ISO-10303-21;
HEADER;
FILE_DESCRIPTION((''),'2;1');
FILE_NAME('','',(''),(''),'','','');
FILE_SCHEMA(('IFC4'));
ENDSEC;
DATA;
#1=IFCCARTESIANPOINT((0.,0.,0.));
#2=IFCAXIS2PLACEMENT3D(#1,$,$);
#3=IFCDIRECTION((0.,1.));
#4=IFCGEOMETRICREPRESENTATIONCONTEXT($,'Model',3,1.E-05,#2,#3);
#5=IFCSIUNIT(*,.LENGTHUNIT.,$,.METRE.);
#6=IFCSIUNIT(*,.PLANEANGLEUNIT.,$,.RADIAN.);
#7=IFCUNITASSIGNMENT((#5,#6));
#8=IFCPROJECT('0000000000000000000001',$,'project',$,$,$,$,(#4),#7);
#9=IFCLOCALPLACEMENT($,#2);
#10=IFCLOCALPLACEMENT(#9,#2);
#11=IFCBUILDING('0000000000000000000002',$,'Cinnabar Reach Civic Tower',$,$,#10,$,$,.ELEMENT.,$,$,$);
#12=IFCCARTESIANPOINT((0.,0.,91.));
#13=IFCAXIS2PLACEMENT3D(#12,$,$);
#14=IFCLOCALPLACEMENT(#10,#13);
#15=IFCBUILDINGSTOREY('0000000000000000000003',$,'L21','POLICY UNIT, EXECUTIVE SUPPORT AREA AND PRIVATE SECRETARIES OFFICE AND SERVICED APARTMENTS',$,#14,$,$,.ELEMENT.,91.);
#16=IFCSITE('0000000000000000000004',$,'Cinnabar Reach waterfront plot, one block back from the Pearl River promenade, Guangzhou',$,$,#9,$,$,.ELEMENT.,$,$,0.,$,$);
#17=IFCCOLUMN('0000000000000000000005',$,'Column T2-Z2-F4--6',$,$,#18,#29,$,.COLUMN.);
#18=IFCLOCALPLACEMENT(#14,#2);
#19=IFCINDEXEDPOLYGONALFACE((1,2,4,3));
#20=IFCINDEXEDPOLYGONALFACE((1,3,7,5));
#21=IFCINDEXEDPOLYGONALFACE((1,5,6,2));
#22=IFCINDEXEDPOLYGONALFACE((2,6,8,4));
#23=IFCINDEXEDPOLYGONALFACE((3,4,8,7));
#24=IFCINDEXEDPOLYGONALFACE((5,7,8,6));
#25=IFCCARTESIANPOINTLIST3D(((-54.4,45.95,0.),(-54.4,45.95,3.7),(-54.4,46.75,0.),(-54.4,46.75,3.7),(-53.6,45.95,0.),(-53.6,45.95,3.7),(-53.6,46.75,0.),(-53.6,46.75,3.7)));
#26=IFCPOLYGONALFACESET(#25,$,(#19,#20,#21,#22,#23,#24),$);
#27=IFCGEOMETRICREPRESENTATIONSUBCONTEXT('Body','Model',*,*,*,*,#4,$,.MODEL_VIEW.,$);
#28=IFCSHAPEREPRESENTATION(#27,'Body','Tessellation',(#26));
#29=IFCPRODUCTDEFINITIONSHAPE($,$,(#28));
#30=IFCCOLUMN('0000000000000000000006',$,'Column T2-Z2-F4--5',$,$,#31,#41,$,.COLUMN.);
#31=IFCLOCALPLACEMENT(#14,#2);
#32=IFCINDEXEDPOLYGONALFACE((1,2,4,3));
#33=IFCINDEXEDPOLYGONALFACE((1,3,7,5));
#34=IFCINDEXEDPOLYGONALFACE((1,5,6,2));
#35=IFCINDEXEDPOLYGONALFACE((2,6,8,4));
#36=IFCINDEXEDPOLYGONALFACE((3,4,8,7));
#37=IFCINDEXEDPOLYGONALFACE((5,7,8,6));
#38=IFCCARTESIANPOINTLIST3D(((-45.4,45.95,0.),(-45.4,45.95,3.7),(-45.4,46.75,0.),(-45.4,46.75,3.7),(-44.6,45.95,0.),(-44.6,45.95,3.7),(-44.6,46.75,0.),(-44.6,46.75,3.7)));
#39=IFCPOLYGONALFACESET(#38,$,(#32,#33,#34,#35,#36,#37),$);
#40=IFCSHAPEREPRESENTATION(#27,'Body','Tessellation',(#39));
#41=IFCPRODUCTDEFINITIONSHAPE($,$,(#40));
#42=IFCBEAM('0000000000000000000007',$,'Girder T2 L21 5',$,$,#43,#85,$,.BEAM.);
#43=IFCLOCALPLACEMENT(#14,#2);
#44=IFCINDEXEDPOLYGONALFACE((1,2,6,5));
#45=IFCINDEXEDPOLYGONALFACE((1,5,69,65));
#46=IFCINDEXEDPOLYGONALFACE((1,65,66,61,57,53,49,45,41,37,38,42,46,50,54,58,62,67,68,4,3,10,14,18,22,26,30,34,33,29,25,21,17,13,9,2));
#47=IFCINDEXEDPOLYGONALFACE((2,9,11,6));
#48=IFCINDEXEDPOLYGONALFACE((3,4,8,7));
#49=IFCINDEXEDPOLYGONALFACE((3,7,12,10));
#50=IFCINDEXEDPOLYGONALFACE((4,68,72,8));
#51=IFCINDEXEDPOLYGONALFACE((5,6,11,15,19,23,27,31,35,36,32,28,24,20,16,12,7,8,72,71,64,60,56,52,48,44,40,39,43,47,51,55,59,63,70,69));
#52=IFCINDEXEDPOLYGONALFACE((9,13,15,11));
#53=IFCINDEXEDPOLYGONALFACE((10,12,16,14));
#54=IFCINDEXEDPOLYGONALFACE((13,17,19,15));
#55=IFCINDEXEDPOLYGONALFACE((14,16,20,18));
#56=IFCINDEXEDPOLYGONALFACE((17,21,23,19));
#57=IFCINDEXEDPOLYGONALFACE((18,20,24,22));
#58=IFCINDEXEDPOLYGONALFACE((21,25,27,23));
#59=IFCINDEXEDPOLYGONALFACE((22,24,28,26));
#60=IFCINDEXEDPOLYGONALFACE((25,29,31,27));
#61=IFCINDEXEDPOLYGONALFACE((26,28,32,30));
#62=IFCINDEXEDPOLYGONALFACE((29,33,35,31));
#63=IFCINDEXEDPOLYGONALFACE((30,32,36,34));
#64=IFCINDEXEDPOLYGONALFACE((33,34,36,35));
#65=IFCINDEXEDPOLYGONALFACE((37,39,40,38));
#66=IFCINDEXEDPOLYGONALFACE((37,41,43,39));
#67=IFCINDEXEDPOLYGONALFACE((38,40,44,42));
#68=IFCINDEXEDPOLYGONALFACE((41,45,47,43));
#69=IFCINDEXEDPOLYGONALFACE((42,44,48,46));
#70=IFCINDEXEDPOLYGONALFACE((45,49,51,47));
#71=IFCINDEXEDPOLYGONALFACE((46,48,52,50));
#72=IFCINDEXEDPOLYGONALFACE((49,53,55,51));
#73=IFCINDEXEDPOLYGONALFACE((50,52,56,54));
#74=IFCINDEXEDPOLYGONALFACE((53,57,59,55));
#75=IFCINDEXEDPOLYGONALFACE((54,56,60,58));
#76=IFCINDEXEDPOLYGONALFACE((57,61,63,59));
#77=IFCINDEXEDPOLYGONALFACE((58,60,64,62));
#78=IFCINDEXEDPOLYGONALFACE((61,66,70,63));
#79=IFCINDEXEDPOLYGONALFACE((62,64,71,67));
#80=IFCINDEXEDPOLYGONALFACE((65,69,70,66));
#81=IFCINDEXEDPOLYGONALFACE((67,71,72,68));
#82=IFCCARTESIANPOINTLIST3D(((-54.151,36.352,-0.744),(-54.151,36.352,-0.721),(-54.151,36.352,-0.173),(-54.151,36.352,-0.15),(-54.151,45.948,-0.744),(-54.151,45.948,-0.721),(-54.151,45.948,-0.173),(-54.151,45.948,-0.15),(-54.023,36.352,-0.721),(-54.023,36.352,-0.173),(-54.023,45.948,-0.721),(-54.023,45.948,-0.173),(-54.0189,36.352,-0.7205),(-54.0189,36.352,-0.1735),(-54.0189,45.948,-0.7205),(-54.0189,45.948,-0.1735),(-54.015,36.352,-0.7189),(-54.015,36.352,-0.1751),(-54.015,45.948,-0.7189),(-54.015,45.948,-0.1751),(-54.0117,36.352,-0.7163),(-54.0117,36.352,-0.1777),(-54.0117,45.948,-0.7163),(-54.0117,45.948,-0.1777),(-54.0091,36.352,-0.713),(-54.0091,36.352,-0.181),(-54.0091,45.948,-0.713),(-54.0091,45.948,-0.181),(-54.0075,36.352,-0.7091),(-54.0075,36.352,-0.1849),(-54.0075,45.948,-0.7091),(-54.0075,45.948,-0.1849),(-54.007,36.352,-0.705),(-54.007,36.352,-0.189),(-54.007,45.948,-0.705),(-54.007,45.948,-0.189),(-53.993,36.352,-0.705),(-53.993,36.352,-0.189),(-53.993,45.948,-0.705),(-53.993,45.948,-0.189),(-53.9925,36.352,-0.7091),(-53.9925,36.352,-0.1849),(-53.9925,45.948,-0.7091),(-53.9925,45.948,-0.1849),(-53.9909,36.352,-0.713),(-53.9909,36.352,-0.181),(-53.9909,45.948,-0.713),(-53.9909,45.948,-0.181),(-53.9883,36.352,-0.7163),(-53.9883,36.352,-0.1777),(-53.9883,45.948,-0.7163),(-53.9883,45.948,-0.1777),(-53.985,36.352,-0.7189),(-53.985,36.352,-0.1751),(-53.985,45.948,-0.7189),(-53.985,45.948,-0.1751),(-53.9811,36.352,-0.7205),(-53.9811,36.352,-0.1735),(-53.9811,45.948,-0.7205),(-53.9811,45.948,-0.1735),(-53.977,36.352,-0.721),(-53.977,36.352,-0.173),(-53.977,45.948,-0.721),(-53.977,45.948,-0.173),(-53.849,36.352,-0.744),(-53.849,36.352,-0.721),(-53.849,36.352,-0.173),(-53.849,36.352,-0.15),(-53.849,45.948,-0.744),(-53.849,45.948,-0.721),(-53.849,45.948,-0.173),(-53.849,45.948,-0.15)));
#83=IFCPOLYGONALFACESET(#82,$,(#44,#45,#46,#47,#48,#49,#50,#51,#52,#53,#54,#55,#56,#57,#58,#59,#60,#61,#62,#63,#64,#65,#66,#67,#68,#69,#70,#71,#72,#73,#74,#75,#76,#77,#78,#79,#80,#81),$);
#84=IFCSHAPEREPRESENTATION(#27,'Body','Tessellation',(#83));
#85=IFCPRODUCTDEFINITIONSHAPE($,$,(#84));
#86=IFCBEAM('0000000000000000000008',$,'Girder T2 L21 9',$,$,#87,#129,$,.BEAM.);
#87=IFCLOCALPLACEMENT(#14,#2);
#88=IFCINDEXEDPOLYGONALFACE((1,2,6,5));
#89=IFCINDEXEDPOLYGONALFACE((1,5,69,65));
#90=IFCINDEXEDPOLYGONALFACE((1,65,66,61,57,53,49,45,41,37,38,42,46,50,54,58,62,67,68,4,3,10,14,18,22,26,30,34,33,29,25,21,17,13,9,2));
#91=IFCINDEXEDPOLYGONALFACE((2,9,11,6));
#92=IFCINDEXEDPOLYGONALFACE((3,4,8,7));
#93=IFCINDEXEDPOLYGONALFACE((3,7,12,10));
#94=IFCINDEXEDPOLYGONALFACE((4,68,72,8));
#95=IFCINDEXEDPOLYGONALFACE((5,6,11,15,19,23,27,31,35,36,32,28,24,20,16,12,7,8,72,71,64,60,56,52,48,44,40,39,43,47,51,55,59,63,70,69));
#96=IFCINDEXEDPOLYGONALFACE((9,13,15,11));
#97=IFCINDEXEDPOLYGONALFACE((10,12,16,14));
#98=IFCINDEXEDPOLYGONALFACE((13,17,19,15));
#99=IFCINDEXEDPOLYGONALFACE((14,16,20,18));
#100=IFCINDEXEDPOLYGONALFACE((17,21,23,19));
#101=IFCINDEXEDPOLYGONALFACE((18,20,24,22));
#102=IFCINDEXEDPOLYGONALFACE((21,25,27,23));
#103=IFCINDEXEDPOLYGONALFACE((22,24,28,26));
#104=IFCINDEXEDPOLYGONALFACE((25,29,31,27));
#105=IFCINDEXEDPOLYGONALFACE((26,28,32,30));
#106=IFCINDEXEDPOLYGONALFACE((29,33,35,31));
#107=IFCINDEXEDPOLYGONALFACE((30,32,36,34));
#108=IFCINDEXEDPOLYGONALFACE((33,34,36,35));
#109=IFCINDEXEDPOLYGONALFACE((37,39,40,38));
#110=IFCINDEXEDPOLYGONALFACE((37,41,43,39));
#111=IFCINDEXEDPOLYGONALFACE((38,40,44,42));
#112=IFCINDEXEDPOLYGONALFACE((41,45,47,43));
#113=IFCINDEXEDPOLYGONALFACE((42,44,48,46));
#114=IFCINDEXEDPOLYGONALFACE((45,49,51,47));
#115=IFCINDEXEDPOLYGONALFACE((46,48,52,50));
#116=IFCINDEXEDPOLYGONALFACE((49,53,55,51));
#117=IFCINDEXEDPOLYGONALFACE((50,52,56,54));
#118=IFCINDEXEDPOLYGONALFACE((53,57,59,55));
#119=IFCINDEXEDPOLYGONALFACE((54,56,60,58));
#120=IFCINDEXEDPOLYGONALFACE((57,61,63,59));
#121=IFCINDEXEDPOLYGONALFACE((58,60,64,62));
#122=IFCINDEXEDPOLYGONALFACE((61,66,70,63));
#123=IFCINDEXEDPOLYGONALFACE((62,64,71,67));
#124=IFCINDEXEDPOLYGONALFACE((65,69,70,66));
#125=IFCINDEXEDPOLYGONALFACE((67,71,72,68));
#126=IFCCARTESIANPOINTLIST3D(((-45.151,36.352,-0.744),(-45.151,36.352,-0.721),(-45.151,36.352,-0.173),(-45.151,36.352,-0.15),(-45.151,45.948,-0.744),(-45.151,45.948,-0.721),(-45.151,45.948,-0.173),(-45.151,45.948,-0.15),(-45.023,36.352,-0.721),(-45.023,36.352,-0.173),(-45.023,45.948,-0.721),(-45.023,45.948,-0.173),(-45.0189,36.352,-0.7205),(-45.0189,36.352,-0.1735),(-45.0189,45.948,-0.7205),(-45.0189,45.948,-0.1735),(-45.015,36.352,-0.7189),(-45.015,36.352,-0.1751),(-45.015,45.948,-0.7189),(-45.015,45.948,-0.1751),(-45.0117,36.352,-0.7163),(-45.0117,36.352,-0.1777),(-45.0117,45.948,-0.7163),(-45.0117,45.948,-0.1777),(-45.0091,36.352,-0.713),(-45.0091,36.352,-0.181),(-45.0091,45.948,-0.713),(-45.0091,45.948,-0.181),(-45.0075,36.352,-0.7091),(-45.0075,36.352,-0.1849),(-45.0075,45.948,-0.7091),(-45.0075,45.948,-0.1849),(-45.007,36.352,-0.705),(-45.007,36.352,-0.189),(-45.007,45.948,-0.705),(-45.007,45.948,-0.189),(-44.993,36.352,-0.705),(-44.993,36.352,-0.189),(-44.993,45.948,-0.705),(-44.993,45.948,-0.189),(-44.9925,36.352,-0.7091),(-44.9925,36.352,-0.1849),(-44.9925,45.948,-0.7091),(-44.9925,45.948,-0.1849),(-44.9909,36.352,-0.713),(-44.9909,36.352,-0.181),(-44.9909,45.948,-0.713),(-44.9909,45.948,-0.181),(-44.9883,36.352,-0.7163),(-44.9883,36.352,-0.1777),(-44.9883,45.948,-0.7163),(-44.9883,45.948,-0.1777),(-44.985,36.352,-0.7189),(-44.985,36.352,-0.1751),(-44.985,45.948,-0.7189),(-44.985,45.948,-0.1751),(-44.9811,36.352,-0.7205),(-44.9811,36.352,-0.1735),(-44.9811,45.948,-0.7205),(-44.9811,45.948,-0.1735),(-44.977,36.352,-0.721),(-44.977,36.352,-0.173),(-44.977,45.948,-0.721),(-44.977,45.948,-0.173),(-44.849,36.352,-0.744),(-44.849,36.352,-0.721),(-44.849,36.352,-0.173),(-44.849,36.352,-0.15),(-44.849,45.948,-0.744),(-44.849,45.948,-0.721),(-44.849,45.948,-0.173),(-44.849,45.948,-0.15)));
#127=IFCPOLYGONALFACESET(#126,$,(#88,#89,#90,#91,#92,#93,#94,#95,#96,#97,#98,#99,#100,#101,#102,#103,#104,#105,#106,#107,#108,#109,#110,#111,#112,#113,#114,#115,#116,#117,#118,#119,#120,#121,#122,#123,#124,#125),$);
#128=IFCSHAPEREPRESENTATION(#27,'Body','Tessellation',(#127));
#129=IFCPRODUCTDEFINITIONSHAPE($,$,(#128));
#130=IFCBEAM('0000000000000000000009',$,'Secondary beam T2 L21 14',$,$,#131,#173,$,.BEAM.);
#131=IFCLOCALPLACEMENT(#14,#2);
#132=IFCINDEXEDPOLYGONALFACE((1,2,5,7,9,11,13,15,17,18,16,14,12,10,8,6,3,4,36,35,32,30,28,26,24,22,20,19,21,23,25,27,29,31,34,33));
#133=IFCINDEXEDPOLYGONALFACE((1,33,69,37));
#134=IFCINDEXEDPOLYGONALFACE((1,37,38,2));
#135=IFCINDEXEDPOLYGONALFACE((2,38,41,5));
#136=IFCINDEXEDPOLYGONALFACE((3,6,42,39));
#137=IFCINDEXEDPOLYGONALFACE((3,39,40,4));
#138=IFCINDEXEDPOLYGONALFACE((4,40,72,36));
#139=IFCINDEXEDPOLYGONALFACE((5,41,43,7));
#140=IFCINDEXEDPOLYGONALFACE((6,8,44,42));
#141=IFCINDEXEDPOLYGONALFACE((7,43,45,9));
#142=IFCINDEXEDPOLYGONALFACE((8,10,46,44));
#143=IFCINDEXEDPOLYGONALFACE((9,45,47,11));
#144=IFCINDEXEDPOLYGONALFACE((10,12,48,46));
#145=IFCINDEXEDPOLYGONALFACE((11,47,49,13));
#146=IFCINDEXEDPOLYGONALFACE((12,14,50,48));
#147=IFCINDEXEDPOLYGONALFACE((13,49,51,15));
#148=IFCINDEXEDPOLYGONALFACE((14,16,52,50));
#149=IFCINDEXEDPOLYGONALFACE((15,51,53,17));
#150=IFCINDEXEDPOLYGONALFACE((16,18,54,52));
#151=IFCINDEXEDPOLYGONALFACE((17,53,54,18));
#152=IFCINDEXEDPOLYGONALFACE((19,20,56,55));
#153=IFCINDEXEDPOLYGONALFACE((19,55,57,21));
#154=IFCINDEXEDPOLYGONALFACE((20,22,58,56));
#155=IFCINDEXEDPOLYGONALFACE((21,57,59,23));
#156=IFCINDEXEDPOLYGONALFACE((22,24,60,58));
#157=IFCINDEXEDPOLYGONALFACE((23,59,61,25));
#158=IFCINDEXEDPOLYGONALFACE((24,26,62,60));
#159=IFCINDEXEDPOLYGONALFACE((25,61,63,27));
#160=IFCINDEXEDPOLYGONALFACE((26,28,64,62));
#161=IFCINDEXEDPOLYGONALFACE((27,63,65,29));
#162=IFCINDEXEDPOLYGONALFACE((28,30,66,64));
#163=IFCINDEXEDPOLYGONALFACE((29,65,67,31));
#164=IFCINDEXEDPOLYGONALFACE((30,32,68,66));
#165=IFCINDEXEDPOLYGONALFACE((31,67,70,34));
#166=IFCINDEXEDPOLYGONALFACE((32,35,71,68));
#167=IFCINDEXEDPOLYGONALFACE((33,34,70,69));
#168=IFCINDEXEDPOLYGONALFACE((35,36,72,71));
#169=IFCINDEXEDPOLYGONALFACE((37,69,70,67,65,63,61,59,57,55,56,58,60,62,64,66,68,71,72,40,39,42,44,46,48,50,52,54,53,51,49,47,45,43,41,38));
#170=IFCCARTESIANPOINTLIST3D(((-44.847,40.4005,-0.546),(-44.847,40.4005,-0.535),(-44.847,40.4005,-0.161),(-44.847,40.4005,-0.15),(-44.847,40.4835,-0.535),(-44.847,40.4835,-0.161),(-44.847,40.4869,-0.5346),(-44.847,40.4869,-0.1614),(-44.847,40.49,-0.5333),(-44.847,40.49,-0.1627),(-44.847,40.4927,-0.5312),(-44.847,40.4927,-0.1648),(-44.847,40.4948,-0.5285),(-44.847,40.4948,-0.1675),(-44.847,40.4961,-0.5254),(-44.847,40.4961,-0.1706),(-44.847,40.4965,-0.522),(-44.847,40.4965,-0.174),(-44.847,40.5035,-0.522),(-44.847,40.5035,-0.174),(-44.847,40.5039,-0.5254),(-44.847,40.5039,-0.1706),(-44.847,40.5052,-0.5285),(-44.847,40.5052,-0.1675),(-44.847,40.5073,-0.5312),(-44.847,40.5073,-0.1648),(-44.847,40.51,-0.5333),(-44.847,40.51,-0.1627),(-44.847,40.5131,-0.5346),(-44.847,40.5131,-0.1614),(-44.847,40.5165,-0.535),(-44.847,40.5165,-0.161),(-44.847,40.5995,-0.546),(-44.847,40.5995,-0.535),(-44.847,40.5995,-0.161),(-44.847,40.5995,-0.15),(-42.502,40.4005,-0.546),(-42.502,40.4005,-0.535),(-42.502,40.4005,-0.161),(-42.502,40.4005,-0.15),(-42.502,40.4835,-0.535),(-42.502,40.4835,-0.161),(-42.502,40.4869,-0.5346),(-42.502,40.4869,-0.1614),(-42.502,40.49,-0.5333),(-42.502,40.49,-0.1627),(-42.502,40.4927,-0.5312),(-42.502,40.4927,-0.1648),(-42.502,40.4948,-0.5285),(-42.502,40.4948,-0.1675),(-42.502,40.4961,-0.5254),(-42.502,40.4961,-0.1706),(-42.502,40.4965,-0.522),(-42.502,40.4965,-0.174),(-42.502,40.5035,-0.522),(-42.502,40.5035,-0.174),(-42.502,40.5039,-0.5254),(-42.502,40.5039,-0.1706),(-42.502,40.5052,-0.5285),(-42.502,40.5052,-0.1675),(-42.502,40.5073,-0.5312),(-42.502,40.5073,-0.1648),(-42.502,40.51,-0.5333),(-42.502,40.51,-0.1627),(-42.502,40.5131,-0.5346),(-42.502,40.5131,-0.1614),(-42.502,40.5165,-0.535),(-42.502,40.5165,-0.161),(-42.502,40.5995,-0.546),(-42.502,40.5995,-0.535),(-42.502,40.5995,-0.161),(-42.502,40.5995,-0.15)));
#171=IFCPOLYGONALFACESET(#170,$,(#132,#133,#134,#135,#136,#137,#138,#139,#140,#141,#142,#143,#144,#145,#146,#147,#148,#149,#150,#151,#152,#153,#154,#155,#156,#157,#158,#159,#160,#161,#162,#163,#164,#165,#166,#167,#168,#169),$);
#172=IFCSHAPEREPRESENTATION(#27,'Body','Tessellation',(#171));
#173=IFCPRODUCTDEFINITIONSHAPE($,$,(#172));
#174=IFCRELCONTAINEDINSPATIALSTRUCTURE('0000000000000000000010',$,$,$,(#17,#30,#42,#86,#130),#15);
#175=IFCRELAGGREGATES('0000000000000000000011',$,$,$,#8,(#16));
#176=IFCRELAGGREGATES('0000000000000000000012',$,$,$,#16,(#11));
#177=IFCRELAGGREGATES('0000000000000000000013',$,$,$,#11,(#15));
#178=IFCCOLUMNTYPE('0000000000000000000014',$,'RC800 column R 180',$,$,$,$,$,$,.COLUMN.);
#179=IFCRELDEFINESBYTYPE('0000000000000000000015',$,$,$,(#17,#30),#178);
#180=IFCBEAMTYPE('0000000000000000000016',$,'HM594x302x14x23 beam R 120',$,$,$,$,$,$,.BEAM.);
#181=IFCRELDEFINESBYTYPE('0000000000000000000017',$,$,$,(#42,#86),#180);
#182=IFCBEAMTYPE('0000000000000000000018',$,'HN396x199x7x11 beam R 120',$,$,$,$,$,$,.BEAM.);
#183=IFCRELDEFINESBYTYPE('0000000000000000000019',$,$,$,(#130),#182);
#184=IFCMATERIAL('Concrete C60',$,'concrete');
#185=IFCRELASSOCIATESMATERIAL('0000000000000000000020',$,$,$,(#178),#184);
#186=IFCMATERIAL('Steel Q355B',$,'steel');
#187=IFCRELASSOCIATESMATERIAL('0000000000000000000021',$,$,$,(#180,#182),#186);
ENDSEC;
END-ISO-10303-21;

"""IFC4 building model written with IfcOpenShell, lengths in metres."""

from ifc_helpers import new_model, si_unit, direction, frame, origin, origin_2d, place, context, subcontext, project, spatial, rectangle, i_section, extrude, material, material_profile, profile_set, type_object, element, save


model = new_model("IFC4")

# Units and contexts
model_context = context("Model", 3, precision=1e-05, world=origin(), true_north=direction((0.0, 1.0)))
body_context = subcontext(model_context, "Body", "Model", "MODEL_VIEW")
ifc_project = project(units=[si_unit("LENGTHUNIT", "METRE"), si_unit("PLANEANGLEUNIT", "RADIAN")], contexts=[model_context])

# Site, building, storey
site_placement = place(None, origin())
site = spatial("IfcSite", under=ifc_project, at=site_placement, Name="Cinnabar Reach waterfront plot, one block back from the Pearl River promenade, Guangzhou", CompositionType="ELEMENT", RefElevation=0.0)
building_placement = place(site_placement, origin())
building = spatial("IfcBuilding", under=site, at=building_placement, Name="Cinnabar Reach Civic Tower", CompositionType="ELEMENT")
storey_placement = place(building_placement, frame((0.0, 0.0, 91.0)))
storey = spatial("IfcBuildingStorey", under=building, at=storey_placement, Name="L21", Description="POLICY UNIT, EXECUTIVE SUPPORT AREA AND PRIVATE SECRETARIES OFFICE AND SERVICED APARTMENTS", CompositionType="ELEMENT", Elevation=91.0)

# Columns
ifc_material_1 = material(Name="Concrete C60", Category="concrete")
ifc_material_profile_1 = material_profile(ifc_material_1, rectangle(XDim=0.8, YDim=0.8, at=origin_2d()), Name="RC800")
ifc_profile_set_1 = profile_set([ifc_material_profile_1], Name="Concrete C60")
column_type = type_object("IfcColumnType", Name="RC800 column R 180", PredefinedType="COLUMN", material=ifc_profile_set_1)
for number, where, z_axis, x_axis, name in (
    (1, (-54.0, 46.35, 0.0), (0.0, 0.0, 1.0), (1.0, 0.0, 0.0), "Column T2-Z2-F4--6"),
    (2, (-45.0, 46.35, 0.0), (0.0, 0.0, 1.0), (1.0, 0.0, 0.0), "Column T2-Z2-F4--5"),
):
    element("IfcColumn", number, at=place(storey_placement, frame(where, z_axis=z_axis, x_axis=x_axis)), inside=storey, type_object=column_type, Name=name, PredefinedType="COLUMN", context=body_context, shape_type="SweptSolid", body=[
        extrude(rectangle(XDim=0.8, YDim=0.8, at=origin_2d()), origin(), (0.0, 0.0, 1.0), 3.7),
    ])

# Beams
ifc_material_2 = material(Name="Steel Q355B", Category="steel")
ifc_material_profile_2 = material_profile(ifc_material_2, i_section(OverallWidth=0.302, OverallDepth=0.594, WebThickness=0.014, FlangeThickness=0.023, FilletRadius=0.016, at=origin_2d()), Name="HM594x302x14x23")
ifc_profile_set_2 = profile_set([ifc_material_profile_2], Name="Steel Q355B")
beam_type_1 = type_object("IfcBeamType", Name="HM594x302x14x23 beam R 120", PredefinedType="BEAM", material=ifc_profile_set_2)
for number, where, z_axis, x_axis, name in (
    (3, (-54.0, 36.352, -0.447), (0.0, 1.0, 0.0), (-1.0, 0.0, 0.0), "Girder T2 L21 5"),
    (4, (-45.0, 36.352, -0.447), (0.0, 1.0, 0.0), (-1.0, 0.0, 0.0), "Girder T2 L21 9"),
):
    element("IfcBeam", number, at=place(storey_placement, frame(where, z_axis=z_axis, x_axis=x_axis)), inside=storey, type_object=beam_type_1, Name=name, PredefinedType="BEAM", context=body_context, shape_type="SweptSolid", body=[
        extrude(i_section(OverallWidth=0.302, OverallDepth=0.594, WebThickness=0.014, FlangeThickness=0.023, FilletRadius=0.016, at=origin_2d()), origin(), (0.0, 0.0, 1.0), 9.596),
    ])
ifc_material_profile_3 = material_profile(ifc_material_2, i_section(OverallWidth=0.199, OverallDepth=0.396, WebThickness=0.007, FlangeThickness=0.011, FilletRadius=0.013, at=origin_2d()), Name="HN396x199x7x11")
ifc_profile_set_3 = profile_set([ifc_material_profile_3], Name="Steel Q355B")
beam_type_2 = type_object("IfcBeamType", Name="HN396x199x7x11 beam R 120", PredefinedType="BEAM", material=ifc_profile_set_3)
beam_1_placement = place(storey_placement, frame((-44.847, 40.5, -0.348), z_axis=(1.0, 0.0, 0.0), x_axis=(0.0, 1.0, 0.0)))
element("IfcBeam", 5, at=beam_1_placement, inside=storey, type_object=beam_type_2, Name="Secondary beam T2 L21 14", PredefinedType="BEAM", context=body_context, shape_type="SweptSolid", body=[
    extrude(i_section(OverallWidth=0.199, OverallDepth=0.396, WebThickness=0.007, FlangeThickness=0.011, FilletRadius=0.013, at=origin_2d()), origin(), (0.0, 0.0, 1.0), 2.345),
])

save(model, "model.ifc")
